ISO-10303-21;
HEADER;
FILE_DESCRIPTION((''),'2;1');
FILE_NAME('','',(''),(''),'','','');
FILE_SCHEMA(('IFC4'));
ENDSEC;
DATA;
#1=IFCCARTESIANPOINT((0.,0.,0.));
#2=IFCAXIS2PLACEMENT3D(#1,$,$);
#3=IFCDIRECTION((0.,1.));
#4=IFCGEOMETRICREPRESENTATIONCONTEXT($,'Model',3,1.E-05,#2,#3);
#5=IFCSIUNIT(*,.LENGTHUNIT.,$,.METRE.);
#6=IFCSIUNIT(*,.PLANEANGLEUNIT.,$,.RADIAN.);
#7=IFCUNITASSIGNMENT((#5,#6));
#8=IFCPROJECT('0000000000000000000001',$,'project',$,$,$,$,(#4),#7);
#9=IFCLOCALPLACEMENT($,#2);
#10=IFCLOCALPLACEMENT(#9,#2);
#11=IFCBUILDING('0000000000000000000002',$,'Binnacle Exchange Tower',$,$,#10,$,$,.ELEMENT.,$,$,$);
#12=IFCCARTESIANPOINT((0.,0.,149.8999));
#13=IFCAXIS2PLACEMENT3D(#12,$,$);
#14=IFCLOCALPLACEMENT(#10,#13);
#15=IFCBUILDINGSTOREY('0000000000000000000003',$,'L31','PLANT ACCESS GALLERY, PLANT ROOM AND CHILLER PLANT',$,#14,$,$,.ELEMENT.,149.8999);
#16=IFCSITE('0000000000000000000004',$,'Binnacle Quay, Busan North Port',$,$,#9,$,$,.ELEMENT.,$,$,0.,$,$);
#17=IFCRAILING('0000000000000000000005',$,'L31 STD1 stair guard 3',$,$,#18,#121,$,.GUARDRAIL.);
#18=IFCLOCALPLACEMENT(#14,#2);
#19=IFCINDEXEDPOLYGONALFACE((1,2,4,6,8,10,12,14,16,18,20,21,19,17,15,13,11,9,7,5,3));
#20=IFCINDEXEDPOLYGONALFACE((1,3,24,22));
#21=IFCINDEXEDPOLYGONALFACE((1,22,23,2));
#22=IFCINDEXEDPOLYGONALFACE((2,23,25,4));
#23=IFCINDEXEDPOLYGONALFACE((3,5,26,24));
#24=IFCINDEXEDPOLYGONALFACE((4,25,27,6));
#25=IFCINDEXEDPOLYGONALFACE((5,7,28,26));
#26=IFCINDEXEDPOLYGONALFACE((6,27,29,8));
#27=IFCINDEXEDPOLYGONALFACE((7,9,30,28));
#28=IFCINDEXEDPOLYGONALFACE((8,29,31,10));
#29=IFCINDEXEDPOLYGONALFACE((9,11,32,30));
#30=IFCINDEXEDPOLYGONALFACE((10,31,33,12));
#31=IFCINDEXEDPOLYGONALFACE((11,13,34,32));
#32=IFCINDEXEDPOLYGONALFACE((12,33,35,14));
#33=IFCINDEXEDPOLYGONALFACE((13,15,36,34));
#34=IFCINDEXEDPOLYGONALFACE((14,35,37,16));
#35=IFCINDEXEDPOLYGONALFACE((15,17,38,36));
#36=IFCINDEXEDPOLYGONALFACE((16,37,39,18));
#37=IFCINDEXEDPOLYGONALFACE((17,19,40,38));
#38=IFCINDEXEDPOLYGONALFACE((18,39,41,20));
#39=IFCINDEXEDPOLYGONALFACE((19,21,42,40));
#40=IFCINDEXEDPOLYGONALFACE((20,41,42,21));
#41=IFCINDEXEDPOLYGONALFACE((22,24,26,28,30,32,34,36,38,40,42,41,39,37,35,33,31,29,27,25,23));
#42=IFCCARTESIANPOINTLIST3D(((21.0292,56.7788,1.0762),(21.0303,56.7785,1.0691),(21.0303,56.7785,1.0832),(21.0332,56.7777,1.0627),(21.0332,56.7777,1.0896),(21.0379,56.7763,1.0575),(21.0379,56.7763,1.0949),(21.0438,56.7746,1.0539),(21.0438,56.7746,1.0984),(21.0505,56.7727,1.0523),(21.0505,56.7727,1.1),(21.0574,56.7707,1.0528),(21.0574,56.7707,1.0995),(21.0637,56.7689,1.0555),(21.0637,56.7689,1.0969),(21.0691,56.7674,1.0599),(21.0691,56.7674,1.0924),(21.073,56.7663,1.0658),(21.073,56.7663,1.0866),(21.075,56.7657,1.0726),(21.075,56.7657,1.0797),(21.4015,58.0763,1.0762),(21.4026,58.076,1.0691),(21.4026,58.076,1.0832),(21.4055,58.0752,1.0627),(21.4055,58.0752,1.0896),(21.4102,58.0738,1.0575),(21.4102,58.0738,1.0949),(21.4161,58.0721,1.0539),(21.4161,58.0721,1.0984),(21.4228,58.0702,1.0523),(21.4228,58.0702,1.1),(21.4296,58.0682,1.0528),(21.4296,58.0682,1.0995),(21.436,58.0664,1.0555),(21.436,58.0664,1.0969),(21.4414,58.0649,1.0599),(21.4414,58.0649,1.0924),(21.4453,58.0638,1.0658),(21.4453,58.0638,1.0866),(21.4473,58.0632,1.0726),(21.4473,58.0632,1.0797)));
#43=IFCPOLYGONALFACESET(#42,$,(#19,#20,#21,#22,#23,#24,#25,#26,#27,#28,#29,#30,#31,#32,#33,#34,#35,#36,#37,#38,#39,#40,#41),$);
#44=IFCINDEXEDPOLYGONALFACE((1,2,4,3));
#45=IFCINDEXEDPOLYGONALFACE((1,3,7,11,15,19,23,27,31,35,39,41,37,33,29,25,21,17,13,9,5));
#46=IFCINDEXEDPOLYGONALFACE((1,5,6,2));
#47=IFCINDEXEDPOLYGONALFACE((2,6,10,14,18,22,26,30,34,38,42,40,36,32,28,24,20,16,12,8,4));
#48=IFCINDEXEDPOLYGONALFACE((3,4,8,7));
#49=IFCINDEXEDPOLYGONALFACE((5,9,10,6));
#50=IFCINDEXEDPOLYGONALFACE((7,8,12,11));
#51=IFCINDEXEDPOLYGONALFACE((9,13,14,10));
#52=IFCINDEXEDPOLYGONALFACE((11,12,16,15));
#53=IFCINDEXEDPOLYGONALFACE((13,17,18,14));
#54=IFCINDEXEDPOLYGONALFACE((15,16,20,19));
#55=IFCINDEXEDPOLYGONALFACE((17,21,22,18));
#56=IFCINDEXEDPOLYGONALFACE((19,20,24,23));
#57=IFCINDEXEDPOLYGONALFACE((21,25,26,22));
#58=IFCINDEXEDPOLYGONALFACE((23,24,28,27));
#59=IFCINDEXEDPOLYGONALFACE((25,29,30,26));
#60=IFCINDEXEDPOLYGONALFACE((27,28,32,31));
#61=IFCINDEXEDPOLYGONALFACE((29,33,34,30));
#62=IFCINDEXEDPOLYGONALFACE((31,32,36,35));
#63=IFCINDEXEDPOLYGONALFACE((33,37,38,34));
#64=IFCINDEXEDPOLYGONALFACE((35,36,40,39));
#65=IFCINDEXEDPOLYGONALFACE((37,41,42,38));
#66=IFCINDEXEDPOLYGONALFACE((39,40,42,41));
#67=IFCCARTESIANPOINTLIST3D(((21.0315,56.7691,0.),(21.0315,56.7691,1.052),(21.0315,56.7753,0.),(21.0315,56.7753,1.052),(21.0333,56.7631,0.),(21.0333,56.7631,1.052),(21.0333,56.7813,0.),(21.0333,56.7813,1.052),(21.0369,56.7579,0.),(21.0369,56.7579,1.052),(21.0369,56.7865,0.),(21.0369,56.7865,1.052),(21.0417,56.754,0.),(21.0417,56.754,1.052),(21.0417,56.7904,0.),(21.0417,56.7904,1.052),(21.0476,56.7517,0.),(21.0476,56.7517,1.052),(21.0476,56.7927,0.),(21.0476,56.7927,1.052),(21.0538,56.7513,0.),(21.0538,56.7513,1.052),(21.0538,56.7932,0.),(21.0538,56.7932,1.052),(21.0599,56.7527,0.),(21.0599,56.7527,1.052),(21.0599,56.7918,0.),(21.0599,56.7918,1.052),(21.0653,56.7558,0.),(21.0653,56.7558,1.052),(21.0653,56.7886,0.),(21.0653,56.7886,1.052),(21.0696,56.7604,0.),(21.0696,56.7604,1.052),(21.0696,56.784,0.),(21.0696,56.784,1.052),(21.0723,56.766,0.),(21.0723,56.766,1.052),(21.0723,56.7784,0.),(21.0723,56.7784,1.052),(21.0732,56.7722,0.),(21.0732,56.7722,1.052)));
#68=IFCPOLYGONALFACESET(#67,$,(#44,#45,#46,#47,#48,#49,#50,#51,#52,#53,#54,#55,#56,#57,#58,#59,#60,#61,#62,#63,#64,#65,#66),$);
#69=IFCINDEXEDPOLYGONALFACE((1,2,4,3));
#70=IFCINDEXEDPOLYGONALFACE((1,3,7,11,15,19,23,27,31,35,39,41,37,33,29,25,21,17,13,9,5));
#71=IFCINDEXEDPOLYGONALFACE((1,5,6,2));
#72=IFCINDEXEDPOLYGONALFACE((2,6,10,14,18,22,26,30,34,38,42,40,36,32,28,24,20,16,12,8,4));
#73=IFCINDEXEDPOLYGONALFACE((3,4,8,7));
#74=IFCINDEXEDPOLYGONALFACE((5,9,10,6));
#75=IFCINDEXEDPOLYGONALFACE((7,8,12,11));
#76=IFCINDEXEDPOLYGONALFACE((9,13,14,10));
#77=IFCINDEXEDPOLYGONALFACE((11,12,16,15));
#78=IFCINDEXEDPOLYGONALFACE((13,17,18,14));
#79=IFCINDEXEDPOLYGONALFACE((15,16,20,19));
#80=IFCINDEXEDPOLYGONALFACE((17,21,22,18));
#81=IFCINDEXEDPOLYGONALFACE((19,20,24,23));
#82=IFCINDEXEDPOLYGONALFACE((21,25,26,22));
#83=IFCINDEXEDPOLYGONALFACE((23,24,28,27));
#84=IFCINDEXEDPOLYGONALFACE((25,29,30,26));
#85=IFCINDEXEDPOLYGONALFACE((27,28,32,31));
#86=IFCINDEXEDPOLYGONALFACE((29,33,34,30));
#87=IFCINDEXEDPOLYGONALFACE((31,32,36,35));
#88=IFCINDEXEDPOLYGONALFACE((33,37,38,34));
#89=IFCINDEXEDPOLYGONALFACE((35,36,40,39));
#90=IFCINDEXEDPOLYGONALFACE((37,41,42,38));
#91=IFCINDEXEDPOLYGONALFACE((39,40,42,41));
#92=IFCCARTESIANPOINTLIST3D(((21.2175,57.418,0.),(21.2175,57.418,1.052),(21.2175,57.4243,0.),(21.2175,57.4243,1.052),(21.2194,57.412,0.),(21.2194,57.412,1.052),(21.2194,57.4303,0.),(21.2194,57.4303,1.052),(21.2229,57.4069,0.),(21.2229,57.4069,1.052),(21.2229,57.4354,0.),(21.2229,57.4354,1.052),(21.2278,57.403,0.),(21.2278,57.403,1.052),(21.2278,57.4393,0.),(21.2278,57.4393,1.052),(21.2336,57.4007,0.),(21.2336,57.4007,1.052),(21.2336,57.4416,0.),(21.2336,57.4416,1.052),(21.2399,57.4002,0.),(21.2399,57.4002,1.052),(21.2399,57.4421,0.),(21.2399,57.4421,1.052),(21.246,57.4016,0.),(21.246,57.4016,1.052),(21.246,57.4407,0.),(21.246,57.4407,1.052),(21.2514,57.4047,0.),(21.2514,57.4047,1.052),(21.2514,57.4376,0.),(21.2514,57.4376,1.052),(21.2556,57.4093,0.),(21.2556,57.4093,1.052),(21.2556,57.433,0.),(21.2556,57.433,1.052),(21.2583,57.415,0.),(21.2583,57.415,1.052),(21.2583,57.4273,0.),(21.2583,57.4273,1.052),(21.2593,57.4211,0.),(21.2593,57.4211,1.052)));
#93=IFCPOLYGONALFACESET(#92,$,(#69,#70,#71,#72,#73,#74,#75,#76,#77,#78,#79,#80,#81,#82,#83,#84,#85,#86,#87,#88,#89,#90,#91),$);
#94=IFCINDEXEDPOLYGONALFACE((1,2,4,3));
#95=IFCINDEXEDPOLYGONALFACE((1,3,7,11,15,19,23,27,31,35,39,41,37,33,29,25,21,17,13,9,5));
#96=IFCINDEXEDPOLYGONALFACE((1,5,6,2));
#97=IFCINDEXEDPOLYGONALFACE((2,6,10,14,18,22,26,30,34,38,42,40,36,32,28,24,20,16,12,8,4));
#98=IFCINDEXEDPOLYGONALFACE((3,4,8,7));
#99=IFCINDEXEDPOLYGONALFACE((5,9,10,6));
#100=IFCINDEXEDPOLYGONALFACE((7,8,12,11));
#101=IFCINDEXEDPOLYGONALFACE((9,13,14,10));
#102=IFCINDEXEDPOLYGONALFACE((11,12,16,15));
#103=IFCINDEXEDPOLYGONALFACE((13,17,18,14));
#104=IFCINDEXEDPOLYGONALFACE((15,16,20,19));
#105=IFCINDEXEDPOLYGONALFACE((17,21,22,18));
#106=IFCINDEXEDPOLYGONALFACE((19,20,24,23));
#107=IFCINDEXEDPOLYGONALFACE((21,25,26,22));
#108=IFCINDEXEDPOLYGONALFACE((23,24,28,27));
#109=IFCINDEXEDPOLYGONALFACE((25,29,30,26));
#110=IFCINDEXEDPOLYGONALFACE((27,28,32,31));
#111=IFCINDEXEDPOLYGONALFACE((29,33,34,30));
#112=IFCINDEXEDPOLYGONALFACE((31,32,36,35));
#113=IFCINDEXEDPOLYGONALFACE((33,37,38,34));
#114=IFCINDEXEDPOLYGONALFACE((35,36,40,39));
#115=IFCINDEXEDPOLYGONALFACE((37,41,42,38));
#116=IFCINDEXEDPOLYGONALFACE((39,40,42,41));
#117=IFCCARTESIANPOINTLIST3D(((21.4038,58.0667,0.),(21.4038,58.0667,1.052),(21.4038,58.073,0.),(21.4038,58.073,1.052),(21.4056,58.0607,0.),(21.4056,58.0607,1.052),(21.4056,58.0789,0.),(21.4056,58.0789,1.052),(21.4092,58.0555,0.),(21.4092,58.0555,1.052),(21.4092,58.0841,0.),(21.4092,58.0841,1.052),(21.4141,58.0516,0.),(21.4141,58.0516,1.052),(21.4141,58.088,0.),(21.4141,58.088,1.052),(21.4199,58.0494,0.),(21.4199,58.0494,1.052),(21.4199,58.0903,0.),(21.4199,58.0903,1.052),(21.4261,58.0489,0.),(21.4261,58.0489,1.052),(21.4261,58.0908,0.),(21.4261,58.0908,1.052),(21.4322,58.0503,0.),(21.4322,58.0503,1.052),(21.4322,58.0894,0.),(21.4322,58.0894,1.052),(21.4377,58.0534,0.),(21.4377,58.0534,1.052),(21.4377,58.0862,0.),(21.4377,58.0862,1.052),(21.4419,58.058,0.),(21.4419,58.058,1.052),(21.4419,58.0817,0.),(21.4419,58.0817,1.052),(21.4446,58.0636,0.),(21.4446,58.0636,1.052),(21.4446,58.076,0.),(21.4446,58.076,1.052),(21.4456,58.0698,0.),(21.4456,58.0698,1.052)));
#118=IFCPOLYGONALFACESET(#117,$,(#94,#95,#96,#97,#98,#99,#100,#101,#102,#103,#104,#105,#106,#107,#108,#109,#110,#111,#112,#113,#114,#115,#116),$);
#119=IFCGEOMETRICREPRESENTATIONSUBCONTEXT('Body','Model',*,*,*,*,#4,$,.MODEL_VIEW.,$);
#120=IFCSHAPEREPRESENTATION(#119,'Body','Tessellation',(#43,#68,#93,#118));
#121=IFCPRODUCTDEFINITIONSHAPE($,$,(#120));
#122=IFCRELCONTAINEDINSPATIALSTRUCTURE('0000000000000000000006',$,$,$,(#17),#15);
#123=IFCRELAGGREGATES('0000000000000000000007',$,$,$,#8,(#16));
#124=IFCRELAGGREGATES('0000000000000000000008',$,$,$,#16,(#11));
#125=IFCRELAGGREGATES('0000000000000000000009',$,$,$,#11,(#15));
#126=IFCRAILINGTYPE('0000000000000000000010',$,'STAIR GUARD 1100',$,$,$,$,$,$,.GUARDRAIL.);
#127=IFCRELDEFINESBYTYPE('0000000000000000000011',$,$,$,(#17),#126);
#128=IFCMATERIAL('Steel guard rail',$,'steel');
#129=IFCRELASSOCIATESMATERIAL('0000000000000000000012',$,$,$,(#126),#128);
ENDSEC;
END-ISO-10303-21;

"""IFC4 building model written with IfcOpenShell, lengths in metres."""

from ifc_helpers import new_model, si_unit, direction, frame, origin, origin_2d, place, context, subcontext, project, spatial, circle, extrude, material, type_object, element, save


model = new_model("IFC4")

# Units and contexts
model_context = context("Model", 3, precision=1e-05, world=origin(), true_north=direction((0.0, 1.0)))
body_context = subcontext(model_context, "Body", "Model", "MODEL_VIEW")
ifc_project = project(units=[si_unit("LENGTHUNIT", "METRE"), si_unit("PLANEANGLEUNIT", "RADIAN")], contexts=[model_context])

# Site, building, storey
site_placement = place(None, origin())
site = spatial("IfcSite", under=ifc_project, at=site_placement, Name="Binnacle Quay, Busan North Port", CompositionType="ELEMENT", RefElevation=0.0)
building_placement = place(site_placement, origin())
building = spatial("IfcBuilding", under=site, at=building_placement, Name="Binnacle Exchange Tower", CompositionType="ELEMENT")
storey_placement = place(building_placement, frame((0.0, 0.0, 149.8999)))
storey = spatial("IfcBuildingStorey", under=building, at=storey_placement, Name="L31", Description="PLANT ACCESS GALLERY, PLANT ROOM AND CHILLER PLANT", CompositionType="ELEMENT", Elevation=149.8999)

# Railing
ifc_material_1 = material(Name="Steel guard rail", Category="steel")
railing_type_1 = type_object("IfcRailingType", Name="STAIR GUARD 1100", PredefinedType="GUARDRAIL", material=ifc_material_1)
railing_1_placement = place(storey_placement, frame((21.0522, 56.7722, 0.0)))
element("IfcRailing", 1, at=railing_1_placement, inside=storey, type_object=railing_type_1, Name="L31 STD1 stair guard 3", PredefinedType="GUARDRAIL", context=body_context, shape_type="SweptSolid", body=[
    extrude(circle(Radius=0.0239, at=origin_2d()), frame((0.0, 0.0, 1.0762), z_axis=(0.275796, 0.961216, 0.0), x_axis=(-0.961216, 0.275796, 0.0)), (0.0, 0.0, 1.0), 1.3499),
    extrude(circle(Radius=0.021, at=origin_2d()), origin(), (0.0, 0.0, 1.0), 1.052),
    extrude(circle(Radius=0.021, at=origin_2d()), frame((0.186, 0.6489, 0.0)), (0.0, 0.0, 1.0), 1.052),
    extrude(circle(Radius=0.021, at=origin_2d()), frame((0.3723, 1.2976, 0.0)), (0.0, 0.0, 1.0), 1.052),
])

save(model, "model.ifc")
